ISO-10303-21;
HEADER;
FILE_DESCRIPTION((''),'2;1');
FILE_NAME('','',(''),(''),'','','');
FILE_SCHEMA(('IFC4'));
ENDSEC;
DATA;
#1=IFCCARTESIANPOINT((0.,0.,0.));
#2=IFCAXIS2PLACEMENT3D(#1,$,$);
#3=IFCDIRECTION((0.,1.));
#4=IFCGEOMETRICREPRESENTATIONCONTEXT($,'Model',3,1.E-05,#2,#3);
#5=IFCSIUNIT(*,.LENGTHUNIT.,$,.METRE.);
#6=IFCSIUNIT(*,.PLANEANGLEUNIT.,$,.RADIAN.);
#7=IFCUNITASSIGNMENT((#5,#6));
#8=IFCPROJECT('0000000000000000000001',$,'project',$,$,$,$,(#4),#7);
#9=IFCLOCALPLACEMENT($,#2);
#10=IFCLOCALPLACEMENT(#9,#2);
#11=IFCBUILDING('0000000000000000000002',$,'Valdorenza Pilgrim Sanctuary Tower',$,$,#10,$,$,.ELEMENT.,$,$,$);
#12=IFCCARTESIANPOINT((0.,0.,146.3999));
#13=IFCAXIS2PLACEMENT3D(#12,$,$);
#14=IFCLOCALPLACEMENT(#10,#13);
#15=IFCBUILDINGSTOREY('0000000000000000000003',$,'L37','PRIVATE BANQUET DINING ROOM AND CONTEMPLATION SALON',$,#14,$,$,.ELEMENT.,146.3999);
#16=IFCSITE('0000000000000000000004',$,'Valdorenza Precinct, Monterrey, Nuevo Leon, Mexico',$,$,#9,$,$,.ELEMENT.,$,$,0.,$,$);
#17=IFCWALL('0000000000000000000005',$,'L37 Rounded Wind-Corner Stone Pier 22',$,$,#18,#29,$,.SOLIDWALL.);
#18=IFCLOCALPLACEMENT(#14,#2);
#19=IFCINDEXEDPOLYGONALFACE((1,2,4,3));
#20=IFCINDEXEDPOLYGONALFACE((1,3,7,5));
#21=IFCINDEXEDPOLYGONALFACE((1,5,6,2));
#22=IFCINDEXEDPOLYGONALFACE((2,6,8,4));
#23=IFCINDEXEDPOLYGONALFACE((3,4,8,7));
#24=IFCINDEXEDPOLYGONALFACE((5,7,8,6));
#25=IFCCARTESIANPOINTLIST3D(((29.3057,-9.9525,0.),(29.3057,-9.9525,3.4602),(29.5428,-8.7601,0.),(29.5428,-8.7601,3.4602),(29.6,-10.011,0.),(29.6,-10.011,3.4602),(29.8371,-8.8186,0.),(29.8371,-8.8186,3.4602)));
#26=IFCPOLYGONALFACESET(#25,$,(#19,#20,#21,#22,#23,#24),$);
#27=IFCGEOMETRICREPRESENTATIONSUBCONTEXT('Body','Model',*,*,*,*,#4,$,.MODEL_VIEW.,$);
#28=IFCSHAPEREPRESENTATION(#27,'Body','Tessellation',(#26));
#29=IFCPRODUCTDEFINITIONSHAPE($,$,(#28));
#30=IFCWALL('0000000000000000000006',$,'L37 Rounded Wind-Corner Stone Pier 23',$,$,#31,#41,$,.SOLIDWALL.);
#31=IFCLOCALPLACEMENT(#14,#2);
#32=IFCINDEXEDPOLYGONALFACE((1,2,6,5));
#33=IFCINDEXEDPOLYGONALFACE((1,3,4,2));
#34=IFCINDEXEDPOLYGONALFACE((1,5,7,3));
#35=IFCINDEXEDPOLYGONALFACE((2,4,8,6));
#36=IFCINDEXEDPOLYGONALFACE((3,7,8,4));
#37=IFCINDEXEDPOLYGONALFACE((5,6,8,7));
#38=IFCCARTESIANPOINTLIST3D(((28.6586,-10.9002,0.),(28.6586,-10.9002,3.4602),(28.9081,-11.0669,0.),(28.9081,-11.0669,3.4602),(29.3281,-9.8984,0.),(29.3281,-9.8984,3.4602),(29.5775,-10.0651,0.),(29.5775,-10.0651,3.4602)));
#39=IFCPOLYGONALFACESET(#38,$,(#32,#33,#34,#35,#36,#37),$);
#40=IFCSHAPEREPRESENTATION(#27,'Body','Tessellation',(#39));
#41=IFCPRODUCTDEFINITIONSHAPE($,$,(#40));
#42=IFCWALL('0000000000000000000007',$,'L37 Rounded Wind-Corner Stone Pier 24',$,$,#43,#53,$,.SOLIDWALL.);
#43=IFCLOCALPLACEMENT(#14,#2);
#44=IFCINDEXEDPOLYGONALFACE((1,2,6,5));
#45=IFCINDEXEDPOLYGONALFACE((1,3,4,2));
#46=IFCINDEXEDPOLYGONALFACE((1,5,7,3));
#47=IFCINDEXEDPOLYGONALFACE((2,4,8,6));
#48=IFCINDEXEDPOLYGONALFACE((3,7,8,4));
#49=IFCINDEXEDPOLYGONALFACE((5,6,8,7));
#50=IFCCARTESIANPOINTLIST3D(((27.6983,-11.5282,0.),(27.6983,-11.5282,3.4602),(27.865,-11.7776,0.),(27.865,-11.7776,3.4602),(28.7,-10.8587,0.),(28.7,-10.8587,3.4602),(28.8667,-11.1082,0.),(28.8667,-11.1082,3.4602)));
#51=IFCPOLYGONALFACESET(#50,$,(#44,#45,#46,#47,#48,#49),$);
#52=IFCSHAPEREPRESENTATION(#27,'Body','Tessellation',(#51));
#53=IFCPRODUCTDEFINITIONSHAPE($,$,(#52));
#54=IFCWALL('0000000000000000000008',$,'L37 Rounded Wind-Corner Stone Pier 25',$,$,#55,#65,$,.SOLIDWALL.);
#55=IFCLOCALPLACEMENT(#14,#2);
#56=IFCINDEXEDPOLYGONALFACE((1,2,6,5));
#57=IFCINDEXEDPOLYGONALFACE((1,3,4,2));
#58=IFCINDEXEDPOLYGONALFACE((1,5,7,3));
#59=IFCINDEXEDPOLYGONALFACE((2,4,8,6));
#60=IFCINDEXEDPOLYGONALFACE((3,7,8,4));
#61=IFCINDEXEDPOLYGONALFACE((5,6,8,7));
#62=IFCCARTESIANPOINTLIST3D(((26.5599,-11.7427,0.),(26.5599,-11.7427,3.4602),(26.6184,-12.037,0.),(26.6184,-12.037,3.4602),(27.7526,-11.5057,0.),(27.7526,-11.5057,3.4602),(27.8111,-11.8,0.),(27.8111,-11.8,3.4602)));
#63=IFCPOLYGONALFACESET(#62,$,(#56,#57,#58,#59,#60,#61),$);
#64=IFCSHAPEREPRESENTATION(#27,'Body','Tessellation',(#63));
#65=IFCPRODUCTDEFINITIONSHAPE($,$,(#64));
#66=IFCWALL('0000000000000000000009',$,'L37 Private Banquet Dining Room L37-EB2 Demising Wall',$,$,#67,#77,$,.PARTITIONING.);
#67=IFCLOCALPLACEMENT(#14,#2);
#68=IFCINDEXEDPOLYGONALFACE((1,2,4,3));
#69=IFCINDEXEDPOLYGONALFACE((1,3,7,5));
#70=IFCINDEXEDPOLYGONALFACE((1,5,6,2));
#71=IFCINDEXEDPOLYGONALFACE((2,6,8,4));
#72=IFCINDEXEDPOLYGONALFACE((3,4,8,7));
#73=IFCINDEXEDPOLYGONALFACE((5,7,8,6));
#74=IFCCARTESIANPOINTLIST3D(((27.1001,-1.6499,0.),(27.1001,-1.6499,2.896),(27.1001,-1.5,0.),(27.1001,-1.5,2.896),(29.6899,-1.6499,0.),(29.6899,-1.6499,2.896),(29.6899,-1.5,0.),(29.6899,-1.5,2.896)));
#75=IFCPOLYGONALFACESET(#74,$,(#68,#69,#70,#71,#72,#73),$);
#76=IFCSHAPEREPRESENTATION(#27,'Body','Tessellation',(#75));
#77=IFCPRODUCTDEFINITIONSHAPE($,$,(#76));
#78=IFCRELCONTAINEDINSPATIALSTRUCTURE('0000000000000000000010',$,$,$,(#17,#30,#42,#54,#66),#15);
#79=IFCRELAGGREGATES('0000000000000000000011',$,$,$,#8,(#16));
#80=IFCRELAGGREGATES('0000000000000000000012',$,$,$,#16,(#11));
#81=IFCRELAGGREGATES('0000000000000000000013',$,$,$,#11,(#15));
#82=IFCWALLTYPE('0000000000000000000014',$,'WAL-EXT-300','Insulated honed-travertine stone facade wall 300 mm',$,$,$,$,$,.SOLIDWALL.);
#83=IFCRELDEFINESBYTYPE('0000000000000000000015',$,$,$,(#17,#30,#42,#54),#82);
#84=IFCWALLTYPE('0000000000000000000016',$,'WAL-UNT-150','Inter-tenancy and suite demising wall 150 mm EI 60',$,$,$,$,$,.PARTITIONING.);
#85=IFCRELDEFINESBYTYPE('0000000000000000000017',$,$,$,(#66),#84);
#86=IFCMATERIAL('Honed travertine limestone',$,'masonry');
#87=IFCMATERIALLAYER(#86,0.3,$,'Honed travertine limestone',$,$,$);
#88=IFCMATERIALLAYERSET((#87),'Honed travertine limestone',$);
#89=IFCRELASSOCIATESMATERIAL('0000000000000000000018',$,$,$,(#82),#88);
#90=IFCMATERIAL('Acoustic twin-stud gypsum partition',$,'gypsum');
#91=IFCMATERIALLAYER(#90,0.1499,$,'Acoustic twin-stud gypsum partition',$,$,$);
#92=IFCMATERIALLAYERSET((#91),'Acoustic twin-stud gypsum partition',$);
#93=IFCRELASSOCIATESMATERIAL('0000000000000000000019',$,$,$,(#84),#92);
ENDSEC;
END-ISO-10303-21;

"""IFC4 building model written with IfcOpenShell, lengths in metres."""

from ifc_helpers import new_model, si_unit, direction, frame, frame_2d, origin, place, context, subcontext, project, spatial, rectangle, extrude, material, layer, layer_set, type_object, element, save


model = new_model("IFC4")

# Units and contexts
model_context = context("Model", 3, precision=1e-05, world=origin(), true_north=direction((0.0, 1.0)))
body_context = subcontext(model_context, "Body", "Model", "MODEL_VIEW")
ifc_project = project(units=[si_unit("LENGTHUNIT", "METRE"), si_unit("PLANEANGLEUNIT", "RADIAN")], contexts=[model_context])

# Site, building, storey
site_placement = place(None, origin())
site = spatial("IfcSite", under=ifc_project, at=site_placement, Name="Valdorenza Precinct, Monterrey, Nuevo Leon, Mexico", CompositionType="ELEMENT", RefElevation=0.0)
building_placement = place(site_placement, origin())
building = spatial("IfcBuilding", under=site, at=building_placement, Name="Valdorenza Pilgrim Sanctuary Tower", CompositionType="ELEMENT")
storey_placement = place(building_placement, frame((0.0, 0.0, 146.3999)))
storey = spatial("IfcBuildingStorey", under=building, at=storey_placement, Name="L37", Description="PRIVATE BANQUET DINING ROOM AND CONTEMPLATION SALON", CompositionType="ELEMENT", Elevation=146.3999)

# Shared definitions
ifc_material_1 = material(Name="Honed travertine limestone", Category="masonry")

# Shared definitions
ifc_material_2 = material(Name="Acoustic twin-stud gypsum partition", Category="gypsum")

# Walls
ifc_layer_1 = layer(ifc_material_1, 0.3, Name="Honed travertine limestone")
ifc_layer_set_1 = layer_set([ifc_layer_1], Name="Honed travertine limestone")
wall_type_1 = type_object("IfcWallType", Name="WAL-EXT-300", Description="Insulated honed-travertine stone facade wall 300 mm", PredefinedType="SOLIDWALL", material=ifc_layer_set_1)
wall_1_placement = place(storey_placement, frame((29.6899, -8.7893, 0.0), z_axis=(0.0, 0.0, 1.0), x_axis=(-0.194996, -0.980804, 0.0)))
element("IfcWall", 1, at=wall_1_placement, inside=storey, type_object=wall_type_1, Name="L37 Rounded Wind-Corner Stone Pier 22", PredefinedType="SOLIDWALL", context=body_context, shape_type="SweptSolid", body=[
    extrude(rectangle(XDim=1.2158, YDim=0.3, at=frame_2d((0.6079, 0.0))), origin(), (0.0, 0.0, 1.0), 3.4602),
])
for number, where, z_axis, x_axis, name in (
    (2, (29.4529, -9.9817, 0.0), (0.0, 0.0, 1.0), (-0.555635, -0.831426, 0.0), "L37 Rounded Wind-Corner Stone Pier 23"),
    (3, (28.7834, -10.9834, 0.0), (0.0, 0.0, 1.0), (-0.831426, -0.555635, 0.0), "L37 Rounded Wind-Corner Stone Pier 24"),
):
    element("IfcWall", number, at=place(storey_placement, frame(where, z_axis=z_axis, x_axis=x_axis)), inside=storey, type_object=wall_type_1, Name=name, PredefinedType="SOLIDWALL", context=body_context, shape_type="SweptSolid", body=[
        extrude(rectangle(XDim=1.2048, YDim=0.3, at=frame_2d((0.6025, 0.0))), origin(), (0.0, 0.0, 1.0), 3.4602),
    ])
wall_2_placement = place(storey_placement, frame((27.7817, -11.6528, 0.0), z_axis=(0.0, 0.0, 1.0), x_axis=(-0.980812, -0.194958, 0.0)))
element("IfcWall", 4, at=wall_2_placement, inside=storey, type_object=wall_type_1, Name="L37 Rounded Wind-Corner Stone Pier 25", PredefinedType="SOLIDWALL", context=body_context, shape_type="SweptSolid", body=[
    extrude(rectangle(XDim=1.2161, YDim=0.3, at=frame_2d((0.6079, 0.0))), origin(), (0.0, 0.0, 1.0), 3.4602),
])
ifc_layer_2 = layer(ifc_material_2, 0.1499, Name="Acoustic twin-stud gypsum partition")
ifc_layer_set_2 = layer_set([ifc_layer_2], Name="Acoustic twin-stud gypsum partition")
wall_type_2 = type_object("IfcWallType", Name="WAL-UNT-150", Description="Inter-tenancy and suite demising wall 150 mm EI 60", PredefinedType="PARTITIONING", material=ifc_layer_set_2)
wall_3_placement = place(storey_placement, frame((27.1001, -1.575, 0.0), z_axis=(0.0, 0.0, 1.0), x_axis=(1.0, 0.0, 0.0)))
element("IfcWall", 5, at=wall_3_placement, inside=storey, type_object=wall_type_2, Name="L37 Private Banquet Dining Room L37-EB2 Demising Wall", PredefinedType="PARTITIONING", context=body_context, shape_type="SweptSolid", body=[
    extrude(rectangle(XDim=2.5898, YDim=0.1499, at=frame_2d((1.2949, 0.0))), origin(), (0.0, 0.0, 1.0), 2.896),
])

save(model, "model.ifc")
